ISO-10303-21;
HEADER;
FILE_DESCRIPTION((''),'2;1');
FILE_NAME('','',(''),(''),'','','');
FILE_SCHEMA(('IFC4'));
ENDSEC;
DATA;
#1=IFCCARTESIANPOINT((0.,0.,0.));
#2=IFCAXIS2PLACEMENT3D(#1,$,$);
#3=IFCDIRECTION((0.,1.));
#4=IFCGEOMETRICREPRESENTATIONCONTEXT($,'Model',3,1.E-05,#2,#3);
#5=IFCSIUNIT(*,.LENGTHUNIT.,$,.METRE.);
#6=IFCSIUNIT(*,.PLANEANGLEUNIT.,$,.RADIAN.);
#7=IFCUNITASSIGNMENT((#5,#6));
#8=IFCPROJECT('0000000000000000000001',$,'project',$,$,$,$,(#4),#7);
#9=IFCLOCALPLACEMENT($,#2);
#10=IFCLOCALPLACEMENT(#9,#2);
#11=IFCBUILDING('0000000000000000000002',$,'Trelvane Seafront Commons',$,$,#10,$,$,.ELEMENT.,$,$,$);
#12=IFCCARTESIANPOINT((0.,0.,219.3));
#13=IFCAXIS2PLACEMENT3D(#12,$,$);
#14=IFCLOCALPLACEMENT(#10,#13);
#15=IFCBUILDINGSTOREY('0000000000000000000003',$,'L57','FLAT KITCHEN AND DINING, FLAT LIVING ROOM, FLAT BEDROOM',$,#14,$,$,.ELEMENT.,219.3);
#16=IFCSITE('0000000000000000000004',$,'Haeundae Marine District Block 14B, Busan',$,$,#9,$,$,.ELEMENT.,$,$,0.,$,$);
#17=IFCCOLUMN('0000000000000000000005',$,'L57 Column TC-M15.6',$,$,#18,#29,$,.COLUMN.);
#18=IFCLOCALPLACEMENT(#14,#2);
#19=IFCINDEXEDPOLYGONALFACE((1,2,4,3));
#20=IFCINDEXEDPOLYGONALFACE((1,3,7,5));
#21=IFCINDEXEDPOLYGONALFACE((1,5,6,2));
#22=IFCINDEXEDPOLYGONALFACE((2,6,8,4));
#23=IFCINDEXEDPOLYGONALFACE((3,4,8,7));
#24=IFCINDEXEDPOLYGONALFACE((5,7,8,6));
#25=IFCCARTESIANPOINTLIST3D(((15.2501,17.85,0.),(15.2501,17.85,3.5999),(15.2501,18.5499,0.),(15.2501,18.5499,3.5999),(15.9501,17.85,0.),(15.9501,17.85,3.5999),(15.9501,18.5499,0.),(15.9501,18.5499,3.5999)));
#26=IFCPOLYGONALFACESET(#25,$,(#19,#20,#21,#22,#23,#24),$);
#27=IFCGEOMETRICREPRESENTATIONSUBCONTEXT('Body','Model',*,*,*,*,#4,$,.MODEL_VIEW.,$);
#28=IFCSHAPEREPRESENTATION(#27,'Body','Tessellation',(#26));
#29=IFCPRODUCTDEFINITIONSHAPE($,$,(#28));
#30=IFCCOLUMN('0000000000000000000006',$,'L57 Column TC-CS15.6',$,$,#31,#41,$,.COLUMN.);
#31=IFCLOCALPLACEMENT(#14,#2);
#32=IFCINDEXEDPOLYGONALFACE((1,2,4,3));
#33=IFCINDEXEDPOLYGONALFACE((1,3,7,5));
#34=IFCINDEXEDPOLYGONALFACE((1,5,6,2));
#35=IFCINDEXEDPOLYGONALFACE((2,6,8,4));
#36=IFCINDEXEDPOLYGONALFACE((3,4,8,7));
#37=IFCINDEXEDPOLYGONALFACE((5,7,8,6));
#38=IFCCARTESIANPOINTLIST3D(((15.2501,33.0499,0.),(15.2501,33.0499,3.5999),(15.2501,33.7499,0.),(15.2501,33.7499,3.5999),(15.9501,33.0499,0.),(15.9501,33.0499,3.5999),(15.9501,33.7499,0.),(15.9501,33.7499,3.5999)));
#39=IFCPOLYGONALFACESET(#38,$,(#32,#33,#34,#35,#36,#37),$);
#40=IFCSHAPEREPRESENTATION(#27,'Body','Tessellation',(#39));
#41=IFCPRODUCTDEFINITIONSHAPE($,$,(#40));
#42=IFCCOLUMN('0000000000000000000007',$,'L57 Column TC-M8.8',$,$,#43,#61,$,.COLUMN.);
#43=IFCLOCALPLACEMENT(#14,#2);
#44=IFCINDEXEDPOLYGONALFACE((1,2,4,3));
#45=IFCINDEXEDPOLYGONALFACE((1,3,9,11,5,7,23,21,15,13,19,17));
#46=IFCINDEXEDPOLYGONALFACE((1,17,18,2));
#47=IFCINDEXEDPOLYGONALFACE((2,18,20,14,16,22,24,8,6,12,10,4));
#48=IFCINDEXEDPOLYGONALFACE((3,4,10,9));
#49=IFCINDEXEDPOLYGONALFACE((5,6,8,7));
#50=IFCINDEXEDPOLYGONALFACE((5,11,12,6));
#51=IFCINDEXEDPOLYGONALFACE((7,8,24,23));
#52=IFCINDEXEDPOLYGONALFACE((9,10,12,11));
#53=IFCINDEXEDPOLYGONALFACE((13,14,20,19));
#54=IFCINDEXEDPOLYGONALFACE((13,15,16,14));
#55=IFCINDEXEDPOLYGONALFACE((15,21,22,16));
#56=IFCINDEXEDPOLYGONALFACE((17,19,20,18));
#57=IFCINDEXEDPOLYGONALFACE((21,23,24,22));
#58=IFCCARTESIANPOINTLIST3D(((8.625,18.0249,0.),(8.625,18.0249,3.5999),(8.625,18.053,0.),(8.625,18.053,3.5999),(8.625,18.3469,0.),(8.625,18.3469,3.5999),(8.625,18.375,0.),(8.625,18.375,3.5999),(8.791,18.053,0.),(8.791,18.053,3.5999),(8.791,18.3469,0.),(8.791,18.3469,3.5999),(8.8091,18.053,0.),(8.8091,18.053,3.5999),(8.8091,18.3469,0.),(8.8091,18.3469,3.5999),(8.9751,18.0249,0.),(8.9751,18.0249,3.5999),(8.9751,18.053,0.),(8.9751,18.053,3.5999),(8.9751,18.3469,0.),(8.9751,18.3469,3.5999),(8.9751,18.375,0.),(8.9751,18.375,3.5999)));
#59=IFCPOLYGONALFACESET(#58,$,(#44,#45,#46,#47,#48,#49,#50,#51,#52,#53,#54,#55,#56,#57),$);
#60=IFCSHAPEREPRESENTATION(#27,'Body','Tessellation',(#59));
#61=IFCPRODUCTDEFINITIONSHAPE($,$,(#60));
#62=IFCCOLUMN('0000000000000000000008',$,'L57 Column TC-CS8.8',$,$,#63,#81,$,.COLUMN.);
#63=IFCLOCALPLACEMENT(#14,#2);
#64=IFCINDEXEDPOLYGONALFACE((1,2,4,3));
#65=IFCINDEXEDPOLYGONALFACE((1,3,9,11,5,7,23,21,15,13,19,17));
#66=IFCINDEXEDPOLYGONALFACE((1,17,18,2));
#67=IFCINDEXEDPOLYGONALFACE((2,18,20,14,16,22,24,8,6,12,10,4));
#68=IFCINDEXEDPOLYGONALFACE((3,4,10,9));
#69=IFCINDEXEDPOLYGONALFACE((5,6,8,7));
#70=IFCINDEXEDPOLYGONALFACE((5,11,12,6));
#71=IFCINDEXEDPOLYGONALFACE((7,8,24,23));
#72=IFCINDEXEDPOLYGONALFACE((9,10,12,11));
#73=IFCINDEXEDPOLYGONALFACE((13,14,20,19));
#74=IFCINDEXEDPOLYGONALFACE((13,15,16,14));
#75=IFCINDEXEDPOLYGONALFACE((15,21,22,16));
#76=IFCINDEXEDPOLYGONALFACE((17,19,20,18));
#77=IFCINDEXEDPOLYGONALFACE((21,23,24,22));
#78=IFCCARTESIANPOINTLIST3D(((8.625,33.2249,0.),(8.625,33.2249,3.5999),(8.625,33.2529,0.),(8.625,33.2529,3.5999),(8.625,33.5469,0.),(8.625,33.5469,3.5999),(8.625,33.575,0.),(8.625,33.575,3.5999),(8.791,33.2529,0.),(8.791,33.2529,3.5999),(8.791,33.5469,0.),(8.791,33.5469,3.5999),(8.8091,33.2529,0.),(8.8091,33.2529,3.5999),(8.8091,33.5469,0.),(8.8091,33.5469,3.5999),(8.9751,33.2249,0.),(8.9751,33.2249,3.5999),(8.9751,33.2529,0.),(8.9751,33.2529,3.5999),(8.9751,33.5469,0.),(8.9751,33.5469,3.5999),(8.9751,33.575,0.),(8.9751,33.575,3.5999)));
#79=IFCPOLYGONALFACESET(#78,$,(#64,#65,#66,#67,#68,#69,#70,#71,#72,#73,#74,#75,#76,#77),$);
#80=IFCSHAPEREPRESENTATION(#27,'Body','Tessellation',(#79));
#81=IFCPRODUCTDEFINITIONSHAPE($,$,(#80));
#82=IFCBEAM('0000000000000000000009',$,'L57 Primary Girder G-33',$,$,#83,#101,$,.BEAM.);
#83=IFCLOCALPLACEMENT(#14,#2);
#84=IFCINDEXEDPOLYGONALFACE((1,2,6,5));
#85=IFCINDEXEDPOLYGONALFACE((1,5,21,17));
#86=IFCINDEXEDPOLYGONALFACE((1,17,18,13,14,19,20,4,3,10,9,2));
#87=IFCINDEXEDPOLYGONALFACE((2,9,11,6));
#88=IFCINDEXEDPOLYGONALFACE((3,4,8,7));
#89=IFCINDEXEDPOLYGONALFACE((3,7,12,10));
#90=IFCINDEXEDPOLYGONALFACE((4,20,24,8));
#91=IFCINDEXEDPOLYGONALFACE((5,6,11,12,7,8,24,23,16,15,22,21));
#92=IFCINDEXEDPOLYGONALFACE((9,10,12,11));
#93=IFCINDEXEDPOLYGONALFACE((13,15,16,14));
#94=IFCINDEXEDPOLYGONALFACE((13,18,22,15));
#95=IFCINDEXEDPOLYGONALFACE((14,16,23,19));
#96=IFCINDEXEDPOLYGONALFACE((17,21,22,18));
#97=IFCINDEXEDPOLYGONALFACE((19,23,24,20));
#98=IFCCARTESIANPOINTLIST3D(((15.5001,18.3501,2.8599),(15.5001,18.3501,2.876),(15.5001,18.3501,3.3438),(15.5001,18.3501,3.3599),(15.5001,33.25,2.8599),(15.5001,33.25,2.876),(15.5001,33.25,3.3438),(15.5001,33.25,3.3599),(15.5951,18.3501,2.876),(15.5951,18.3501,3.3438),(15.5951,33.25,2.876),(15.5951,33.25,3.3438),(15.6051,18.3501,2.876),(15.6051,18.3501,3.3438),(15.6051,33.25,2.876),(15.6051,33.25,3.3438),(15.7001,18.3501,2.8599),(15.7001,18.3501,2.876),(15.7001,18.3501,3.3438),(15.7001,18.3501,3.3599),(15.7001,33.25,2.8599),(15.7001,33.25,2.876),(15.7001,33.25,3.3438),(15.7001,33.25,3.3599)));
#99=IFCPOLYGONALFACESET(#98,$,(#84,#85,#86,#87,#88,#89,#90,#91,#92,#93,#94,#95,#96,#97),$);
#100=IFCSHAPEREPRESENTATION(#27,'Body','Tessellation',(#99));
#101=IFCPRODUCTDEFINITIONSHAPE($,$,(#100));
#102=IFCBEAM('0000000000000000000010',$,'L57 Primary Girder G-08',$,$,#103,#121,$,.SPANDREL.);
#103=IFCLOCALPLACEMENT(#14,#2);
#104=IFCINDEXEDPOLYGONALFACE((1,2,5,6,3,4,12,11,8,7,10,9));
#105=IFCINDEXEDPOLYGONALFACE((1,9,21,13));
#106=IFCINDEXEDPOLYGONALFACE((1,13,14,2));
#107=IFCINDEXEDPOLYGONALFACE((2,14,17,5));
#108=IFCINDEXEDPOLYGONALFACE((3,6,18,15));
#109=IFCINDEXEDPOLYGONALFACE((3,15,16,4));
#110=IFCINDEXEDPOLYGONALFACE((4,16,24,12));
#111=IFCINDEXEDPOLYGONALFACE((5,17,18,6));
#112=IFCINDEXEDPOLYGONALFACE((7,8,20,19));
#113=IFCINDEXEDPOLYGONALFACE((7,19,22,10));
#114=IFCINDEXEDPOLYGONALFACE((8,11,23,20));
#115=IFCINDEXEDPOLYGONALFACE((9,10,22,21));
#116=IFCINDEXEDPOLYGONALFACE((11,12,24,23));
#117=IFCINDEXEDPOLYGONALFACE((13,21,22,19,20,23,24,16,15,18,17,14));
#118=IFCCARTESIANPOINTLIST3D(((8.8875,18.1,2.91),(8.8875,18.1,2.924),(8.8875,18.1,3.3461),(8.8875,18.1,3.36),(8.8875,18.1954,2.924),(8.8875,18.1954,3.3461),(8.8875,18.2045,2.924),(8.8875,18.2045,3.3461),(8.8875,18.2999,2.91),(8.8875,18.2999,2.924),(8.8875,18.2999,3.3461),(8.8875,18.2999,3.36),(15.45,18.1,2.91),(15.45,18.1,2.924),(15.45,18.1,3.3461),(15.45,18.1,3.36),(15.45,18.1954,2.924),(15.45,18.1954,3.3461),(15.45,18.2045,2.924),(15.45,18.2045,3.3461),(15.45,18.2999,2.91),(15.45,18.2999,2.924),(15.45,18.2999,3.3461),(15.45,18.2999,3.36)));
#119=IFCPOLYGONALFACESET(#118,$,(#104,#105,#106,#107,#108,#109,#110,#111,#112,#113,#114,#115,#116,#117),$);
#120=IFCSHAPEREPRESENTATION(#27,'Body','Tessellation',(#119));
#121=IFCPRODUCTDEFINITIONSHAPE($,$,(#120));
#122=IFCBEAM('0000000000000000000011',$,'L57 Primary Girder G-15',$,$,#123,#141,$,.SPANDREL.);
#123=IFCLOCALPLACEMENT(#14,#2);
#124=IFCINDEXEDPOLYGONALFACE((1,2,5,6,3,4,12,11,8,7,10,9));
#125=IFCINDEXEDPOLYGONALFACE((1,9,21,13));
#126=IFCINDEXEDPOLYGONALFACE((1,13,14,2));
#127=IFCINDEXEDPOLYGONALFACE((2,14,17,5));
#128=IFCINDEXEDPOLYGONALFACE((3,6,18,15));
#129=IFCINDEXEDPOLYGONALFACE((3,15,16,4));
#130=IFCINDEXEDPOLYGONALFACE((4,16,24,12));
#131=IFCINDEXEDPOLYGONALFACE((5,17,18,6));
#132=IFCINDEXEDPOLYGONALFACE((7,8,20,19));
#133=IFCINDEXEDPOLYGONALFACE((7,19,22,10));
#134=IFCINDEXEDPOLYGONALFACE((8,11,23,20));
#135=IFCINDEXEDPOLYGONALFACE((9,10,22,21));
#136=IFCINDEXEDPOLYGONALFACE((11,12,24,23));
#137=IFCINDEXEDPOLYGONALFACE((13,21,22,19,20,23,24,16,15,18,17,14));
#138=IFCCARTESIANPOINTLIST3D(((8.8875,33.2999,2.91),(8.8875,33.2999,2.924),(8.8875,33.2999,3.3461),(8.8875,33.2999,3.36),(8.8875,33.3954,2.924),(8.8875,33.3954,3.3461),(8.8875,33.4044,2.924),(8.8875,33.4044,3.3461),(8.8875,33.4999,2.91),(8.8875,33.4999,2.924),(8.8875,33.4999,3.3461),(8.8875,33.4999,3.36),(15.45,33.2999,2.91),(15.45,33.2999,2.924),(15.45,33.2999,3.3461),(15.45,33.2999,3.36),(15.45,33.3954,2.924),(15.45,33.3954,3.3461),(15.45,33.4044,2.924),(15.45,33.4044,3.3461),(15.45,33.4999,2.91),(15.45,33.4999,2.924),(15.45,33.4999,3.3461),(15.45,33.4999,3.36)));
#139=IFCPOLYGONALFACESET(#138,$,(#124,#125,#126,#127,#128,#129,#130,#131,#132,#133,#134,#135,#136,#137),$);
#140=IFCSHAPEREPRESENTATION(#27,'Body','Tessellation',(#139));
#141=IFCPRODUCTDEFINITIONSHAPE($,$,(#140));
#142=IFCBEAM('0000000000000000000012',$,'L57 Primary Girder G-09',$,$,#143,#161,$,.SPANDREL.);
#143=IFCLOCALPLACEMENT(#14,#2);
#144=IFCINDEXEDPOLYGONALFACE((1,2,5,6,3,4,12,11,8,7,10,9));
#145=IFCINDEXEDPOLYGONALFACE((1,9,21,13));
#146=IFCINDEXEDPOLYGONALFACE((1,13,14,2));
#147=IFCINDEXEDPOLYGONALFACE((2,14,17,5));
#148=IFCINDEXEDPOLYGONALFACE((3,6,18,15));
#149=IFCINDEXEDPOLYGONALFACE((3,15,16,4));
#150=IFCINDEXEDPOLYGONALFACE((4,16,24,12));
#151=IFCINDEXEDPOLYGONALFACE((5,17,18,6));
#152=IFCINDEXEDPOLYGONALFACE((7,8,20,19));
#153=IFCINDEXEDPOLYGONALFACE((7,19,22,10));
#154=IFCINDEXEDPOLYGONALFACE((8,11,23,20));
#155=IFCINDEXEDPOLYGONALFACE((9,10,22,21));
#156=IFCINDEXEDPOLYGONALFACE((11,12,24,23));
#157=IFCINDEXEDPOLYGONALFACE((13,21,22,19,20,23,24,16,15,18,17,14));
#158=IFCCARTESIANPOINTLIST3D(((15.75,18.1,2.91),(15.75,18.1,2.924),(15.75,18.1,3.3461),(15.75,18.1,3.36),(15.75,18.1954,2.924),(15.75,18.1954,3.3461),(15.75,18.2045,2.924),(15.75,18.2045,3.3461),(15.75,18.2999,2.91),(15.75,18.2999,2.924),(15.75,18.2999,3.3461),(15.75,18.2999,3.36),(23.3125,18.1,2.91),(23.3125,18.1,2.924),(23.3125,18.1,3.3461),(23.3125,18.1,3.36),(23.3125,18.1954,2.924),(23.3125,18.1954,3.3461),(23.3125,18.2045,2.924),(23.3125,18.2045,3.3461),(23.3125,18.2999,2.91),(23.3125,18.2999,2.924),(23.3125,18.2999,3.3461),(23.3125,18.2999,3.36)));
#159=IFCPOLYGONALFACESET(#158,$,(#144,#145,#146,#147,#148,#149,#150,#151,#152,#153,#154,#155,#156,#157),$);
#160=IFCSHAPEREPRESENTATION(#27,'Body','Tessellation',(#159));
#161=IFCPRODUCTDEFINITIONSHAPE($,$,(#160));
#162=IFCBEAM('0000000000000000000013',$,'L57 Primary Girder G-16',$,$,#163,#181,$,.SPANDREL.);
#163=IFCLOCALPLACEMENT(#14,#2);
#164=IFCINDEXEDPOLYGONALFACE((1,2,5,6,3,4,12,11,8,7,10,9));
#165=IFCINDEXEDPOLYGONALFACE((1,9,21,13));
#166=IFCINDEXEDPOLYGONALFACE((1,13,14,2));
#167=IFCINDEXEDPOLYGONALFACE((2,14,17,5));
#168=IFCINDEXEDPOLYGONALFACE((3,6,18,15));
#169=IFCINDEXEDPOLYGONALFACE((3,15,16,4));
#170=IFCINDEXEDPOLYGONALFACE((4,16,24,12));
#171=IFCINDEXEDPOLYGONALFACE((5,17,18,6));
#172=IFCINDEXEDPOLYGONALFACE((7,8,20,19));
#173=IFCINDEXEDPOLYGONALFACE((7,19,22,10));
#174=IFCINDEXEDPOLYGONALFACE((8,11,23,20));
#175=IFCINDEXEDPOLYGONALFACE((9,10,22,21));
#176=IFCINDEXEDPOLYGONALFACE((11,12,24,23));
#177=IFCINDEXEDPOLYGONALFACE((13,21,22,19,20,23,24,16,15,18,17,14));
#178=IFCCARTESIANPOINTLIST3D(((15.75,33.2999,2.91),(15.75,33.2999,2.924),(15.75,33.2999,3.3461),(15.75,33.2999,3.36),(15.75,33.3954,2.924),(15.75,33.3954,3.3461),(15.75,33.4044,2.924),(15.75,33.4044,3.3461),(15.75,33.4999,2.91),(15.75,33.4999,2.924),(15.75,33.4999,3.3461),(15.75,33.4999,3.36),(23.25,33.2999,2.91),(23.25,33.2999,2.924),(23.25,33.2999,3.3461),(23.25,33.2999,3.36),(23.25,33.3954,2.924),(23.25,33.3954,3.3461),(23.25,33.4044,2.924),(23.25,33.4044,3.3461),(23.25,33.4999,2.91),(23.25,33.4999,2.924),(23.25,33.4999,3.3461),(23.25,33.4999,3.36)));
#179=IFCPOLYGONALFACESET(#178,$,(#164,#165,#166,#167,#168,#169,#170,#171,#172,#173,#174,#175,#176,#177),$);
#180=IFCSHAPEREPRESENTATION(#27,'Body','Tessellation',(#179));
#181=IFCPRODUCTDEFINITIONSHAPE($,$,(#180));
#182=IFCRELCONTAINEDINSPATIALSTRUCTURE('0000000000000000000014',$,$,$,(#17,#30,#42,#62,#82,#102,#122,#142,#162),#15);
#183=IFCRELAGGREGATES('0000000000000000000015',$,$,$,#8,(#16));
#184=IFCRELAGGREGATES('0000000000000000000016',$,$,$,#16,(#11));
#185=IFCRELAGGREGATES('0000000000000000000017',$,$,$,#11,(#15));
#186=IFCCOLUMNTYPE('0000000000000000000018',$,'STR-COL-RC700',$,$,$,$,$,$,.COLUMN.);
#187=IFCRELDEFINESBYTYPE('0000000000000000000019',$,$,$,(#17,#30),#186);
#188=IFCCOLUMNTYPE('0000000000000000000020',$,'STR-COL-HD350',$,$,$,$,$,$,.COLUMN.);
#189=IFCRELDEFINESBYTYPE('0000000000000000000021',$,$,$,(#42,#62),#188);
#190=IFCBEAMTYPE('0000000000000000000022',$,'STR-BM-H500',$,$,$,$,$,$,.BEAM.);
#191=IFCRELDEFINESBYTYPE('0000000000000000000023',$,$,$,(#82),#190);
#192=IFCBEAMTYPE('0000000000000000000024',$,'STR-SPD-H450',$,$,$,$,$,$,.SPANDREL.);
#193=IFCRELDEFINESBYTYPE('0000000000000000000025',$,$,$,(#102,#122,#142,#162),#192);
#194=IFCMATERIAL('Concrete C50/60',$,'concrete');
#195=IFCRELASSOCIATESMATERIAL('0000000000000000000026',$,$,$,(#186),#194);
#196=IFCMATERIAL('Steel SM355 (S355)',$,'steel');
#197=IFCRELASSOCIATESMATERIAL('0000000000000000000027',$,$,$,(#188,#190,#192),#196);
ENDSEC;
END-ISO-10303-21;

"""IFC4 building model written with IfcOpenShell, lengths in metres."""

from ifc_helpers import new_model, si_unit, direction, frame, origin, origin_2d, place, context, subcontext, project, spatial, rectangle, i_section, extrude, source, transform, mapped, material, material_profile, profile_set, type_object, element, save


model = new_model("IFC4")

# Units and contexts
model_context = context("Model", 3, precision=1e-05, world=origin(), true_north=direction((0.0, 1.0)))
body_context = subcontext(model_context, "Body", "Model", "MODEL_VIEW")
ifc_project = project(units=[si_unit("LENGTHUNIT", "METRE"), si_unit("PLANEANGLEUNIT", "RADIAN")], contexts=[model_context])

# Site, building, storey
site_placement = place(None, origin())
site = spatial("IfcSite", under=ifc_project, at=site_placement, Name="Haeundae Marine District Block 14B, Busan", CompositionType="ELEMENT", RefElevation=0.0)
building_placement = place(site_placement, origin())
building = spatial("IfcBuilding", under=site, at=building_placement, Name="Trelvane Seafront Commons", CompositionType="ELEMENT")
storey_placement = place(building_placement, frame((0.0, 0.0, 219.3)))
storey = spatial("IfcBuildingStorey", under=building, at=storey_placement, Name="L57", Description="FLAT KITCHEN AND DINING, FLAT LIVING ROOM, FLAT BEDROOM", CompositionType="ELEMENT", Elevation=219.3)

# Columns
ifc_material_1 = material(Name="Concrete C50/60", Category="concrete")
ifc_material_profile_1 = material_profile(ifc_material_1, rectangle(XDim=0.7, YDim=0.7, at=origin_2d()), Name="RC-700x700")
ifc_profile_set_1 = profile_set([ifc_material_profile_1], Name="Concrete C50/60")
column_type_1 = type_object("IfcColumnType", Name="STR-COL-RC700", PredefinedType="COLUMN", material=ifc_profile_set_1)
shared_shape_1 = source(origin(), body_context, "Body", "SweptSolid", [
    extrude(rectangle(XDim=0.7, YDim=0.7, at=origin_2d()), origin(), (0.0, 0.0, 1.0), 3.5999),
])
for number, where, z_axis, x_axis, name in (
    (1, (15.6001, 18.2, 0.0), (0.0, 0.0, 1.0), (1.0, 0.0, 0.0), "L57 Column TC-M15.6"),
    (2, (15.6001, 33.3999, 0.0), (0.0, 0.0, 1.0), (1.0, 0.0, 0.0), "L57 Column TC-CS15.6"),
):
    element("IfcColumn", number, at=place(storey_placement, frame(where, z_axis=z_axis, x_axis=x_axis)), inside=storey, type_object=column_type_1, Name=name, PredefinedType="COLUMN", context=body_context, shape_type="MappedRepresentation", body=[
        mapped(shared_shape_1, transform((0.0, 0.0, 0.0), x_axis=(1.0, 0.0, 0.0), y_axis=(0.0, 1.0, 0.0), z_axis=(0.0, 0.0, 1.0), scale=1.0)),
    ])
ifc_material_2 = material(Name="Steel SM355 (S355)", Category="steel")
ifc_material_profile_2 = material_profile(ifc_material_2, i_section(OverallWidth=0.3501, OverallDepth=0.3501, WebThickness=0.0181, FlangeThickness=0.0281, at=origin_2d()), Name="HD-350x350x18x28")
ifc_profile_set_2 = profile_set([ifc_material_profile_2], Name="Steel SM355 (S355)")
column_type_2 = type_object("IfcColumnType", Name="STR-COL-HD350", PredefinedType="COLUMN", material=ifc_profile_set_2)
shared_shape_2 = source(origin(), body_context, "Body", "SweptSolid", [
    extrude(i_section(OverallWidth=0.3501, OverallDepth=0.3501, WebThickness=0.0181, FlangeThickness=0.0281, at=origin_2d()), origin(), (0.0, 0.0, 1.0), 3.5999),
])
for number, where, z_axis, x_axis, name in (
    (3, (8.8, 18.2, 0.0), (0.0, 0.0, 1.0), (1.0, 0.0, 0.0), "L57 Column TC-M8.8"),
    (4, (8.8, 33.3999, 0.0), (0.0, 0.0, 1.0), (1.0, 0.0, 0.0), "L57 Column TC-CS8.8"),
):
    element("IfcColumn", number, at=place(storey_placement, frame(where, z_axis=z_axis, x_axis=x_axis)), inside=storey, type_object=column_type_2, Name=name, PredefinedType="COLUMN", context=body_context, shape_type="MappedRepresentation", body=[
        mapped(shared_shape_2, transform((0.0, 0.0, 0.0), x_axis=(1.0, 0.0, 0.0), y_axis=(0.0, 1.0, 0.0), z_axis=(0.0, 0.0, 1.0), scale=1.0)),
    ])

# Beams
ifc_material_profile_3 = material_profile(ifc_material_2, i_section(OverallWidth=0.2, OverallDepth=0.5, WebThickness=0.01, FlangeThickness=0.0161, at=origin_2d()), Name="H-500x200x10x16")
ifc_profile_set_3 = profile_set([ifc_material_profile_3], Name="Steel SM355 (S355)")
beam_type_1 = type_object("IfcBeamType", Name="STR-BM-H500", PredefinedType="BEAM", material=ifc_profile_set_3)
shared_shape_3 = source(origin(), body_context, "Body", "SweptSolid", [
    extrude(i_section(OverallWidth=0.2, OverallDepth=0.5, WebThickness=0.01, FlangeThickness=0.0161, at=origin_2d()), origin(), (0.0, 0.0, 1.0), 14.8999),
])
beam_1_placement = place(storey_placement, frame((15.6001, 18.3501, 3.1099), z_axis=(0.0, 1.0, 0.0), x_axis=(-1.0, 0.0, 0.0)))
element("IfcBeam", 5, at=beam_1_placement, inside=storey, type_object=beam_type_1, Name="L57 Primary Girder G-33", PredefinedType="BEAM", context=body_context, shape_type="MappedRepresentation", body=[
    mapped(shared_shape_3, transform((0.0, 0.0, 0.0), x_axis=(1.0, 0.0, 0.0), y_axis=(0.0, 1.0, 0.0), z_axis=(0.0, 0.0, 1.0), scale=1.0)),
])
ifc_material_profile_4 = material_profile(ifc_material_2, i_section(OverallWidth=0.2, OverallDepth=0.45, WebThickness=0.009, FlangeThickness=0.0139, at=origin_2d()), Name="H-450x200x9x14")
ifc_profile_set_4 = profile_set([ifc_material_profile_4], Name="Steel SM355 (S355)")
beam_type_2 = type_object("IfcBeamType", Name="STR-SPD-H450", PredefinedType="SPANDREL", material=ifc_profile_set_4)
shared_shape_4 = source(origin(), body_context, "Body", "SweptSolid", [
    extrude(i_section(OverallWidth=0.2, OverallDepth=0.45, WebThickness=0.009, FlangeThickness=0.0139, at=origin_2d()), origin(), (0.0, 0.0, 1.0), 6.5625),
])
for number, where, z_axis, x_axis, name in (
    (6, (8.8875, 18.2, 3.135), (1.0, 0.0, 0.0), (0.0, 1.0, 0.0), "L57 Primary Girder G-08"),
    (7, (8.8875, 33.3999, 3.135), (1.0, 0.0, 0.0), (0.0, 1.0, 0.0), "L57 Primary Girder G-15"),
):
    element("IfcBeam", number, at=place(storey_placement, frame(where, z_axis=z_axis, x_axis=x_axis)), inside=storey, type_object=beam_type_2, Name=name, PredefinedType="SPANDREL", context=body_context, shape_type="MappedRepresentation", body=[
        mapped(shared_shape_4, transform((0.0, 0.0, 0.0), x_axis=(1.0, 0.0, 0.0), y_axis=(0.0, 1.0, 0.0), z_axis=(0.0, 0.0, 1.0), scale=1.0)),
    ])
shared_shape_5 = source(origin(), body_context, "Body", "SweptSolid", [
    extrude(i_section(OverallWidth=0.2, OverallDepth=0.45, WebThickness=0.009, FlangeThickness=0.0139, at=origin_2d()), origin(), (0.0, 0.0, 1.0), 7.5625),
])
beam_2_placement = place(storey_placement, frame((15.75, 18.2, 3.135), z_axis=(1.0, 0.0, 0.0), x_axis=(0.0, 1.0, 0.0)))
element("IfcBeam", 8, at=beam_2_placement, inside=storey, type_object=beam_type_2, Name="L57 Primary Girder G-09", PredefinedType="SPANDREL", context=body_context, shape_type="MappedRepresentation", body=[
    mapped(shared_shape_5, transform((0.0, 0.0, 0.0), x_axis=(1.0, 0.0, 0.0), y_axis=(0.0, 1.0, 0.0), z_axis=(0.0, 0.0, 1.0), scale=1.0)),
])
shared_shape_6 = source(origin(), body_context, "Body", "SweptSolid", [
    extrude(i_section(OverallWidth=0.2, OverallDepth=0.45, WebThickness=0.009, FlangeThickness=0.0139, at=origin_2d()), origin(), (0.0, 0.0, 1.0), 7.5),
])
beam_3_placement = place(storey_placement, frame((15.75, 33.3999, 3.135), z_axis=(1.0, 0.0, 0.0), x_axis=(0.0, 1.0, 0.0)))
element("IfcBeam", 9, at=beam_3_placement, inside=storey, type_object=beam_type_2, Name="L57 Primary Girder G-16", PredefinedType="SPANDREL", context=body_context, shape_type="MappedRepresentation", body=[
    mapped(shared_shape_6, transform((0.0, 0.0, 0.0), x_axis=(1.0, 0.0, 0.0), y_axis=(0.0, 1.0, 0.0), z_axis=(0.0, 0.0, 1.0), scale=1.0)),
])

save(model, "model.ifc")
